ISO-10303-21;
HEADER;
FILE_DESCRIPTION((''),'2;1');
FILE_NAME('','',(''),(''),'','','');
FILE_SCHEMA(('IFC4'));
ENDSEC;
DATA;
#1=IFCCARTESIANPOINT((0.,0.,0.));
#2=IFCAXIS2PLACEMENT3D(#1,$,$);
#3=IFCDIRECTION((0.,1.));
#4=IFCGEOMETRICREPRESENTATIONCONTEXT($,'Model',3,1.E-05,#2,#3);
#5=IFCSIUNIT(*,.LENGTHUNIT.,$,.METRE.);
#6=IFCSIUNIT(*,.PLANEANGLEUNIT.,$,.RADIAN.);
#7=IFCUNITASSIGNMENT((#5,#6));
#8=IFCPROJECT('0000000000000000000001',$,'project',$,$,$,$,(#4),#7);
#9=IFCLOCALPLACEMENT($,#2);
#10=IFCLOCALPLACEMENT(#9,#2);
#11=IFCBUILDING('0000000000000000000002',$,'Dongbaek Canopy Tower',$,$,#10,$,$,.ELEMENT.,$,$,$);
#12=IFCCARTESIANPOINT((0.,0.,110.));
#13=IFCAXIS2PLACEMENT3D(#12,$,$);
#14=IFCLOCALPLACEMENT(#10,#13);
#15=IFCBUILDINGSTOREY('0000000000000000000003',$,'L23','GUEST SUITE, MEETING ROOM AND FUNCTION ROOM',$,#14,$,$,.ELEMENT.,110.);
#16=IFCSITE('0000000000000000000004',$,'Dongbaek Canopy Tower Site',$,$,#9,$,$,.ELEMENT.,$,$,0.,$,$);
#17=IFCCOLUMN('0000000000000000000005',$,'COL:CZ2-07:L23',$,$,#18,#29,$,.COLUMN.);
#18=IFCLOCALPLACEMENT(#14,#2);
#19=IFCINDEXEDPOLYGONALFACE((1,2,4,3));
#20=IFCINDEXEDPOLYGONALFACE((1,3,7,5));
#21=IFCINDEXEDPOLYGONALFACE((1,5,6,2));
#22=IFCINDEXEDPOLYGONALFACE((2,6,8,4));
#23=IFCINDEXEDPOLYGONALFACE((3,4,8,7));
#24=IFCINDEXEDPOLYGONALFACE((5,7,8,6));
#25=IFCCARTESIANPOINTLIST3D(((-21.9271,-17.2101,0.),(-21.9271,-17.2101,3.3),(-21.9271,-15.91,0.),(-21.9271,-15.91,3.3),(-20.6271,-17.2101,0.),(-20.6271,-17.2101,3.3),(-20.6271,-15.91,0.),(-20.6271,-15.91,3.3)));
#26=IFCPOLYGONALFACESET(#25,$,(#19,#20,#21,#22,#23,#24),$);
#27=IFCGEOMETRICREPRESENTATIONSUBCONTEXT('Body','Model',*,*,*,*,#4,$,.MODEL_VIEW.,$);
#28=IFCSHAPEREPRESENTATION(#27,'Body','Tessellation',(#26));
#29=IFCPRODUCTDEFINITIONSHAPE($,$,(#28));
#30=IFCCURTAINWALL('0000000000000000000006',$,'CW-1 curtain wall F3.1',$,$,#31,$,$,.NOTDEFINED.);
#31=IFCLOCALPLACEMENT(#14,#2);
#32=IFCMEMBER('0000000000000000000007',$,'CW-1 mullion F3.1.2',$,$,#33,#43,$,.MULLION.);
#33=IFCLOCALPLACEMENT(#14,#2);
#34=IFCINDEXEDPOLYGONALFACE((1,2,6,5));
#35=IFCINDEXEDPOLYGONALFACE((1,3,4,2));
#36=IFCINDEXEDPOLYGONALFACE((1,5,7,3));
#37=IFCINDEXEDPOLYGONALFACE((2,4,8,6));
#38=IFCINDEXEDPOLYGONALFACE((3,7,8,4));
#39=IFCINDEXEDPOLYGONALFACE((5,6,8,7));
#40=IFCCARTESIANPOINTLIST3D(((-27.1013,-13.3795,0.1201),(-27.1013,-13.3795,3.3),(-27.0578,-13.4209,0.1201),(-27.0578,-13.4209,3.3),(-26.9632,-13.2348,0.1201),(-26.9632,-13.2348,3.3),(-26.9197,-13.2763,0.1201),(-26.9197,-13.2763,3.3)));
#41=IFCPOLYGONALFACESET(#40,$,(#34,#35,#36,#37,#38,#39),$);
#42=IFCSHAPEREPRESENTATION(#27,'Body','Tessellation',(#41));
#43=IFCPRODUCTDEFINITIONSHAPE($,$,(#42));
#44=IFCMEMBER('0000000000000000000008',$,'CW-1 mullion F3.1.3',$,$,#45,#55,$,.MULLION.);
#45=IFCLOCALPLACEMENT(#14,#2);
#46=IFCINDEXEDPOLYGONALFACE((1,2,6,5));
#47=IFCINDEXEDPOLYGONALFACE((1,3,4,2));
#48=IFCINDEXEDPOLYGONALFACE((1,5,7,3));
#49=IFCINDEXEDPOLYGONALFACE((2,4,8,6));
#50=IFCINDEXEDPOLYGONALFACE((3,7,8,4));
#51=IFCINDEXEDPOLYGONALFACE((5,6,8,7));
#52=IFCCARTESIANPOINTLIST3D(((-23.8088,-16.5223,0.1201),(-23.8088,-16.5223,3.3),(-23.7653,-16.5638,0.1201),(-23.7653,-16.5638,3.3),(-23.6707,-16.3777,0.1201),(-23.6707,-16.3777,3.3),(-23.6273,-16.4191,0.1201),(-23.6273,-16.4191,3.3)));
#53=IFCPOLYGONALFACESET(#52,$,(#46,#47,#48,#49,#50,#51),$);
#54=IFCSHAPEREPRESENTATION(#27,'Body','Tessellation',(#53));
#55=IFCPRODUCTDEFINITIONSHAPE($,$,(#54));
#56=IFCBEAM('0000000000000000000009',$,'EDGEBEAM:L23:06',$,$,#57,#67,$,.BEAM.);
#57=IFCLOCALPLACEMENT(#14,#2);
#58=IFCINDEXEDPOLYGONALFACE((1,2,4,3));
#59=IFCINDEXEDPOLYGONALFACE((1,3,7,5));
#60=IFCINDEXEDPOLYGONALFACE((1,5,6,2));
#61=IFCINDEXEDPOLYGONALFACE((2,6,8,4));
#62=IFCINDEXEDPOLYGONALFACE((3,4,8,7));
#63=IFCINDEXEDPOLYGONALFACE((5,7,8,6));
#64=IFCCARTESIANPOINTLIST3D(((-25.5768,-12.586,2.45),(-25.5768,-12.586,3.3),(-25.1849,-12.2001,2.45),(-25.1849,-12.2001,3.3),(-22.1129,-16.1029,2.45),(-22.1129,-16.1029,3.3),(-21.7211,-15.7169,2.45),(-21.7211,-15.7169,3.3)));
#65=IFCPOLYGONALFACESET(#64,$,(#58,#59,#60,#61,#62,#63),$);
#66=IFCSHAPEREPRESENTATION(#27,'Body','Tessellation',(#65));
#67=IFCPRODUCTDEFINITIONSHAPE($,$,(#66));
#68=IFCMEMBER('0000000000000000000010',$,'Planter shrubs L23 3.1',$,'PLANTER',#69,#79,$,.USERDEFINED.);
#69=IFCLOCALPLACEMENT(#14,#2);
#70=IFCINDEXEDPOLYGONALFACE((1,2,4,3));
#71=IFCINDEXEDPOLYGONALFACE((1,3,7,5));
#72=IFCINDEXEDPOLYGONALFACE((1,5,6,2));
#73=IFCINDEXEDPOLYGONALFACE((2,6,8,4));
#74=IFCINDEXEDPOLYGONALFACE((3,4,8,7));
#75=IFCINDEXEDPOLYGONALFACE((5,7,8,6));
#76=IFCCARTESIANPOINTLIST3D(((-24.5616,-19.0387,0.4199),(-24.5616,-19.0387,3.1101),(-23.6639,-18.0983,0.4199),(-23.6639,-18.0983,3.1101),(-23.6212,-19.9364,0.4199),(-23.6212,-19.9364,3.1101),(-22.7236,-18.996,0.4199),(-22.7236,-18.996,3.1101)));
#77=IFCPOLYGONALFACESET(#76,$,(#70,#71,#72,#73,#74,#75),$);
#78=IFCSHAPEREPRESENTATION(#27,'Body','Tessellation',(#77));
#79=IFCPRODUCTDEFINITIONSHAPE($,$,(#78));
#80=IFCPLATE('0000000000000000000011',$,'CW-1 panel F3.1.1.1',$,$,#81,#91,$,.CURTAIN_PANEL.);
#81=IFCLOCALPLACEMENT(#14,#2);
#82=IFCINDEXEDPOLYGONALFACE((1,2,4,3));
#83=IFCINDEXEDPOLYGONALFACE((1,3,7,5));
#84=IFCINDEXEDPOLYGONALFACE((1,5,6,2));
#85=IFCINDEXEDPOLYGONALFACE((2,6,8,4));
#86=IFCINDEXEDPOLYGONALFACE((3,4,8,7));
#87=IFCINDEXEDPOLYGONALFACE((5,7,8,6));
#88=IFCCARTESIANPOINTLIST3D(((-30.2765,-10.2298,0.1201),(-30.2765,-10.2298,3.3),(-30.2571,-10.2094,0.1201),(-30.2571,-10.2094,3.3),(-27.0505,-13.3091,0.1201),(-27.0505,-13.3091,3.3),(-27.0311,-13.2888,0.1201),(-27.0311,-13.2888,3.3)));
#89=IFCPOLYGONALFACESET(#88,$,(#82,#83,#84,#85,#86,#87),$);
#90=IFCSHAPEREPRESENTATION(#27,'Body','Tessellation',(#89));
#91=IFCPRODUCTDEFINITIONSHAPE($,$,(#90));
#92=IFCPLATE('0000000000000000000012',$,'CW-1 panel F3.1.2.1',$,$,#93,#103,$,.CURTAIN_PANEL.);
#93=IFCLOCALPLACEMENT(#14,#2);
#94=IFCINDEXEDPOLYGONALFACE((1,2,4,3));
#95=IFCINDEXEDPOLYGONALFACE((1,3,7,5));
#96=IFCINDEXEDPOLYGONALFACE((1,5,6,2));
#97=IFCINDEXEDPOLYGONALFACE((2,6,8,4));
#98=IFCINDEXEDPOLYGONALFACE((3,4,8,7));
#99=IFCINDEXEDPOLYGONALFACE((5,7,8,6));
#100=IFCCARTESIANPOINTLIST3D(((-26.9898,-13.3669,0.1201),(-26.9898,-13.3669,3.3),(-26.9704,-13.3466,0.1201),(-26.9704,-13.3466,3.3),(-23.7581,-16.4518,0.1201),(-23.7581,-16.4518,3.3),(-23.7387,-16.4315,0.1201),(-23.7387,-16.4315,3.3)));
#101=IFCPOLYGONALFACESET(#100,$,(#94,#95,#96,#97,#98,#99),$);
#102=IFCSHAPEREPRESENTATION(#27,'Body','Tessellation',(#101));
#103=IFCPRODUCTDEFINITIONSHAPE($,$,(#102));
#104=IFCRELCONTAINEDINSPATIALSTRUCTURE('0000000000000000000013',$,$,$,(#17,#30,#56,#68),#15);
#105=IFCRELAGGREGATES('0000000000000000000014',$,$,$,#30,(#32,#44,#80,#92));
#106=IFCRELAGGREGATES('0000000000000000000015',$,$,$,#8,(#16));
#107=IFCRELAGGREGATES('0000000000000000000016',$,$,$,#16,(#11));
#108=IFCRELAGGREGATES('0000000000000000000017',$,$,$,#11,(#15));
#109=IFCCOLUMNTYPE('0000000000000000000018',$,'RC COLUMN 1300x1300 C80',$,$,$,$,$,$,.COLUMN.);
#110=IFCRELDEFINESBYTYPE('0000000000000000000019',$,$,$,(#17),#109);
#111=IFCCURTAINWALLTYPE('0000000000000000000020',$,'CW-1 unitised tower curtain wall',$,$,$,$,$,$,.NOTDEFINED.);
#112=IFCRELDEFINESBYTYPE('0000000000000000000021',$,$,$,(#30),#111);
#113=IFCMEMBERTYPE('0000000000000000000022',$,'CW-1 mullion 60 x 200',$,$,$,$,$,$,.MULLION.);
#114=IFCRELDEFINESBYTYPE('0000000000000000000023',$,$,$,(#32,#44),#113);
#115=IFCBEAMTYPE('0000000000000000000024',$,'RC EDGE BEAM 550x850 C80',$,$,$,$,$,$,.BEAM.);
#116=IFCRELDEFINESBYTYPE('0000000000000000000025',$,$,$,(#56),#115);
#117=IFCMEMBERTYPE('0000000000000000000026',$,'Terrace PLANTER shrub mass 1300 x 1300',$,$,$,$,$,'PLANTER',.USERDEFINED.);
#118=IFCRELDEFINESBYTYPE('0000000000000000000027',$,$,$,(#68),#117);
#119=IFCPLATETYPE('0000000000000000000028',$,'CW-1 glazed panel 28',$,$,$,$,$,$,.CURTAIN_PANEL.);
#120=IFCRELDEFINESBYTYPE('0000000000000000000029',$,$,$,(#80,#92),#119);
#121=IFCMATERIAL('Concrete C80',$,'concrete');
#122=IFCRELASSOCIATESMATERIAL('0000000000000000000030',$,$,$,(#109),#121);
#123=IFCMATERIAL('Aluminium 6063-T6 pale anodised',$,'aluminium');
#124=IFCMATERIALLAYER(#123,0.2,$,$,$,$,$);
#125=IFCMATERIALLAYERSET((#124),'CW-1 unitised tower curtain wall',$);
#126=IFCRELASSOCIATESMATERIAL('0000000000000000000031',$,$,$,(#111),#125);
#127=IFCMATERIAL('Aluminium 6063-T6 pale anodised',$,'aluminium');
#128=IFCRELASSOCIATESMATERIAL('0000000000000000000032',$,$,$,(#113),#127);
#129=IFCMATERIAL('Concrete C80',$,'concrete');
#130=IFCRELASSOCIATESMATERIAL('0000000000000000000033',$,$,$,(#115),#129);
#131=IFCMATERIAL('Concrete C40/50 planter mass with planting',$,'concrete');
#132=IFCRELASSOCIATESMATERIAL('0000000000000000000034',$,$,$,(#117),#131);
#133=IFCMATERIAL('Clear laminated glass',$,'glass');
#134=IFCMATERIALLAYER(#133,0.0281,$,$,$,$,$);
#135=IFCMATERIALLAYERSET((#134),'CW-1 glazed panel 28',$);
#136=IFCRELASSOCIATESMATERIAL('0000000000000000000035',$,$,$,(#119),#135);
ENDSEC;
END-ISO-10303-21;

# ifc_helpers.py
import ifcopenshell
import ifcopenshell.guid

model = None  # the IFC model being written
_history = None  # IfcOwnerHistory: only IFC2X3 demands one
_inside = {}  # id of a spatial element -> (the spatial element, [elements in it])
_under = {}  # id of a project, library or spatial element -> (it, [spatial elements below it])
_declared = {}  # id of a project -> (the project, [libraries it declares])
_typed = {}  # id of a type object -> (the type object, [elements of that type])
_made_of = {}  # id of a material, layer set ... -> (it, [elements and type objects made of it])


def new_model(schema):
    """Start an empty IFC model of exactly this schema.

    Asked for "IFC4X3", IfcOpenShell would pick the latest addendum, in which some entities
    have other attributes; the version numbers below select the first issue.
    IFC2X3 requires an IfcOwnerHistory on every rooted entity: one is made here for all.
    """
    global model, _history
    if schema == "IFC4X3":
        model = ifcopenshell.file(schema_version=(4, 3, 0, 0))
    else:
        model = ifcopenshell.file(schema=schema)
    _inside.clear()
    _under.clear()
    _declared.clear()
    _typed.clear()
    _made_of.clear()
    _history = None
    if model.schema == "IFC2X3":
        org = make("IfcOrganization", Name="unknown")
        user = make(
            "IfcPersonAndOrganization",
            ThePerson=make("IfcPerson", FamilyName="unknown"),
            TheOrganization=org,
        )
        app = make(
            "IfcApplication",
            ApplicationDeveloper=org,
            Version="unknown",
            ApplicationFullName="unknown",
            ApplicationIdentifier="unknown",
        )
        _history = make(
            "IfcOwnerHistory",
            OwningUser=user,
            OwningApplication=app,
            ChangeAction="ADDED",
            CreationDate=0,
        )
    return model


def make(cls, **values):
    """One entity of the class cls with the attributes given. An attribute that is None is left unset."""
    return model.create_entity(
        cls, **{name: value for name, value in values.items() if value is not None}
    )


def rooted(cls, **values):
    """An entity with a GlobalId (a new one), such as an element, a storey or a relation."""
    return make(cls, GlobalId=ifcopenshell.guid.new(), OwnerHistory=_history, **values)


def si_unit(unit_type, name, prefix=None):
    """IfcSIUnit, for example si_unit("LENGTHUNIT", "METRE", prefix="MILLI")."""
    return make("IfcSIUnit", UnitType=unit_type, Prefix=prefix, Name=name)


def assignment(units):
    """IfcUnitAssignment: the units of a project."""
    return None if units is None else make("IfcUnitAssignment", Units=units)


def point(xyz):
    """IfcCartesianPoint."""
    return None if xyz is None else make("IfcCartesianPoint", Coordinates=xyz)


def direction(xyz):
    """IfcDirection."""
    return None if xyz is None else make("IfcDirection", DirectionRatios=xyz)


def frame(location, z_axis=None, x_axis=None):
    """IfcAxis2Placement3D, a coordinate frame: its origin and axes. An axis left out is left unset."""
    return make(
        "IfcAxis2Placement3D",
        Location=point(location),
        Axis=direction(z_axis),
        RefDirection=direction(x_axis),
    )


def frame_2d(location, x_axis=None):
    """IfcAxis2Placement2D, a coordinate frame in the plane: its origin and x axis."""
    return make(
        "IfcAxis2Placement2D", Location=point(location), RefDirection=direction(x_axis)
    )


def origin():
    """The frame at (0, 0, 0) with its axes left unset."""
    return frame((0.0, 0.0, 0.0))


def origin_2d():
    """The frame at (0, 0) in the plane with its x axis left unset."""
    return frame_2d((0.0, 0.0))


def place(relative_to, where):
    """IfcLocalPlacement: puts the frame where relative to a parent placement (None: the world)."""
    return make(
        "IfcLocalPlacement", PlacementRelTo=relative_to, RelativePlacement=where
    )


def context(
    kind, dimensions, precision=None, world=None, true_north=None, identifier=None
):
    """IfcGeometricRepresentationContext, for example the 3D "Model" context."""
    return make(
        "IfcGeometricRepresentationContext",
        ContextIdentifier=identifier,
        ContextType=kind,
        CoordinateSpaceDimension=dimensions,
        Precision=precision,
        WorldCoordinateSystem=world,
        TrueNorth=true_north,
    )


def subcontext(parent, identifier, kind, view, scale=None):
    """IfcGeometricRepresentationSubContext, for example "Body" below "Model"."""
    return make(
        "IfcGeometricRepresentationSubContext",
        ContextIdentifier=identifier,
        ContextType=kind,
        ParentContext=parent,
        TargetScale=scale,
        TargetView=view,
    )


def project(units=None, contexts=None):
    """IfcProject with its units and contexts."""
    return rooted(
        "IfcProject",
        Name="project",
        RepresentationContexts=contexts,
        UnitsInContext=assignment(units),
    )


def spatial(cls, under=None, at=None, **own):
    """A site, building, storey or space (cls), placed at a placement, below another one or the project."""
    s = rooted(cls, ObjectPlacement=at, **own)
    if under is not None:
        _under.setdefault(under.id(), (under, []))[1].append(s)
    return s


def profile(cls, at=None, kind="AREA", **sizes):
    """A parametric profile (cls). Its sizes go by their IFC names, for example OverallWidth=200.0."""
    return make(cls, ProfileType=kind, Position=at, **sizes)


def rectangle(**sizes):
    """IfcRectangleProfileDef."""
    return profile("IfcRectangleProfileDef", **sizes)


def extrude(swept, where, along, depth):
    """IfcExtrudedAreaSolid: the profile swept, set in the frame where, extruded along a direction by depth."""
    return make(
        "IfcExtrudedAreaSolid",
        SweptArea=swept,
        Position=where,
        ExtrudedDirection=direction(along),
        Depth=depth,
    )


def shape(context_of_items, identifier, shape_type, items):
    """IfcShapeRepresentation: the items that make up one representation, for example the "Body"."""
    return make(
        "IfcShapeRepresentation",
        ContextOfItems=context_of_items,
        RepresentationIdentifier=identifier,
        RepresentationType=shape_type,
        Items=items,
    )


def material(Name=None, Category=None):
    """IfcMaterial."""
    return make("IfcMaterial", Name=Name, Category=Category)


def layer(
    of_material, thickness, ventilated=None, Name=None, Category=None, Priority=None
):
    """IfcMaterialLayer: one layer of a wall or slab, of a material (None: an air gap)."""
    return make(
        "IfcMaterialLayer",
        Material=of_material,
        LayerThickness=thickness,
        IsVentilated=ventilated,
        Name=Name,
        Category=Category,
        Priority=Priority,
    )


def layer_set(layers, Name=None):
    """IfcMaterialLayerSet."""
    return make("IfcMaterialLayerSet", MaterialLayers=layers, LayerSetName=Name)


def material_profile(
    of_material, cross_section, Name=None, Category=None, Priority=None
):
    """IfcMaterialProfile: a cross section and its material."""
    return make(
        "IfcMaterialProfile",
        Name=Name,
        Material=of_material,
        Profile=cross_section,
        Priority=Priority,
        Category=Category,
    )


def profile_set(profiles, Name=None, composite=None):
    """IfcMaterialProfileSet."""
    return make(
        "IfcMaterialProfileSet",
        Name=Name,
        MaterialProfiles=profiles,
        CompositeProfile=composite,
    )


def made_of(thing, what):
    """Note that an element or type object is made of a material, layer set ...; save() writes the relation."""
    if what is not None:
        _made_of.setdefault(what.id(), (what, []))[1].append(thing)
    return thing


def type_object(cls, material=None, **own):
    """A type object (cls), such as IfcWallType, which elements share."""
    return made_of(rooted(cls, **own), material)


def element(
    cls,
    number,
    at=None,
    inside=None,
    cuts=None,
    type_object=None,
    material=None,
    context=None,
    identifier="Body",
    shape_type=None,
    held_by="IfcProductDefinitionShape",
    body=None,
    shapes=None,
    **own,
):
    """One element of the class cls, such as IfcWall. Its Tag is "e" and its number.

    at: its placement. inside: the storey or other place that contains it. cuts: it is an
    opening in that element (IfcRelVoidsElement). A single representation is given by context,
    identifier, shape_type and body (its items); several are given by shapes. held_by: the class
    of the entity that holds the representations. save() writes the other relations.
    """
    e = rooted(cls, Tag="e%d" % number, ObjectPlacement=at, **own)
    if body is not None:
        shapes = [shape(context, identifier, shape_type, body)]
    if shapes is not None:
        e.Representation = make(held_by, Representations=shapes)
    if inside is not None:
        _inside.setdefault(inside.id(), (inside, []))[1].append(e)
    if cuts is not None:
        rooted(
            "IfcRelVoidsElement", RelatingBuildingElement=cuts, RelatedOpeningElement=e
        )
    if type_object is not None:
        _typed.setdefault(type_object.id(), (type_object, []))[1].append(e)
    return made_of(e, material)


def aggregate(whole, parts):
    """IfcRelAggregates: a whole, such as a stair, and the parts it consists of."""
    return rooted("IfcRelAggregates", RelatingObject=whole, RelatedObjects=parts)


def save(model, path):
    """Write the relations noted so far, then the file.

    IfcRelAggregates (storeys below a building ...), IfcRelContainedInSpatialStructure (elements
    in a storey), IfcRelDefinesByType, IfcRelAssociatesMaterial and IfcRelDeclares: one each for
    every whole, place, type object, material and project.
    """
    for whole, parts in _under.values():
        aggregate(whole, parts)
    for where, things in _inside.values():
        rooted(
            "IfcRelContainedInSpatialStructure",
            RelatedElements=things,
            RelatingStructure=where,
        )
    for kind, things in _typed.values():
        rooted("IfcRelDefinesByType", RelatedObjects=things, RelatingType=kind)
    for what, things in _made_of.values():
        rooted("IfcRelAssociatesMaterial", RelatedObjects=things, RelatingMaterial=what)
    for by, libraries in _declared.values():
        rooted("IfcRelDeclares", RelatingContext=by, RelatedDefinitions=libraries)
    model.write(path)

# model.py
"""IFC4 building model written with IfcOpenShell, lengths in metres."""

from ifc_helpers import new_model, si_unit, direction, frame, origin, origin_2d, place, context, subcontext, project, spatial, rectangle, extrude, material, layer, layer_set, material_profile, profile_set, type_object, element, aggregate, save


model = new_model("IFC4")

# Units and contexts
model_context = context("Model", 3, precision=1e-05, world=origin(), true_north=direction((0.0, 1.0)))
body_context = subcontext(model_context, "Body", "Model", "MODEL_VIEW")
ifc_project = project(units=[si_unit("LENGTHUNIT", "METRE"), si_unit("PLANEANGLEUNIT", "RADIAN")], contexts=[model_context])

# Site, building, storey
site_placement = place(None, origin())
site = spatial("IfcSite", under=ifc_project, at=site_placement, Name="Dongbaek Canopy Tower Site", CompositionType="ELEMENT", RefElevation=0.0)
building_placement = place(site_placement, origin())
building = spatial("IfcBuilding", under=site, at=building_placement, Name="Dongbaek Canopy Tower", CompositionType="ELEMENT")
storey_placement = place(building_placement, frame((0.0, 0.0, 110.0)))
storey = spatial("IfcBuildingStorey", under=building, at=storey_placement, Name="L23", Description="GUEST SUITE, MEETING ROOM AND FUNCTION ROOM", CompositionType="ELEMENT", Elevation=110.0)

# Column
ifc_material_1 = material(Name="Concrete C80", Category="concrete")
ifc_material_profile_1 = material_profile(ifc_material_1, rectangle(XDim=1.3, YDim=1.3, at=origin_2d()), Name="RC COLUMN 1300x1300 C80")
ifc_profile_set_1 = profile_set([ifc_material_profile_1], Name="Concrete C80")
column_type = type_object("IfcColumnType", Name="RC COLUMN 1300x1300 C80", PredefinedType="COLUMN", material=ifc_profile_set_1)
column_placement = place(storey_placement, frame((-21.2771, -16.5601, 0.0), z_axis=(0.0, 0.0, 1.0), x_axis=(1.0, 0.0, 0.0)))
element("IfcColumn", 1, at=column_placement, inside=storey, type_object=column_type, Name="COL:CZ2-07:L23", PredefinedType="COLUMN", context=body_context, shape_type="SweptSolid", body=[
    extrude(rectangle(XDim=1.3, YDim=1.3, at=origin_2d()), origin(), (0.0, 0.0, 1.0), 3.3),
])

# Curtain wall, members
ifc_material_2 = material(Name="Aluminium 6063-T6 pale anodised", Category="aluminium")
ifc_layer_1 = layer(ifc_material_2, 0.2)
ifc_layer_set_1 = layer_set([ifc_layer_1], Name="CW-1 unitised tower curtain wall")
curtain_wall_type = type_object("IfcCurtainWallType", Name="CW-1 unitised tower curtain wall", PredefinedType="NOTDEFINED", material=ifc_layer_set_1)
curtain_wall_placement = place(storey_placement, origin())
curtain_wall = element("IfcCurtainWall", 2, at=curtain_wall_placement, inside=storey, type_object=curtain_wall_type, Name="CW-1 curtain wall F3.1", PredefinedType="NOTDEFINED")
ifc_material_3 = material(Name="Aluminium 6063-T6 pale anodised", Category="aluminium")
ifc_material_profile_2 = material_profile(ifc_material_3, rectangle(XDim=0.2, YDim=0.0601, at=origin_2d()), Name="CW-1 mullion 60 x 200")
ifc_profile_set_2 = profile_set([ifc_material_profile_2], Name="Aluminium 6063-T6 pale anodised")
member_type_1 = type_object("IfcMemberType", Name="CW-1 mullion 60 x 200", PredefinedType="MULLION", material=ifc_profile_set_2)
member_1_placement = place(storey_placement, frame((-27.0105, -13.3279, 0.1201), z_axis=(0.0, 0.0, 1.0), x_axis=(-0.690482, -0.723349, 0.0)))
member_1 = element("IfcMember", 3, at=member_1_placement, type_object=member_type_1, Name="CW-1 mullion F3.1.2", PredefinedType="MULLION", context=body_context, shape_type="SweptSolid", body=[
    extrude(rectangle(XDim=0.2, YDim=0.0601, at=origin_2d()), origin(), (0.0, 0.0, 1.0), 3.1799),
])
member_2_placement = place(storey_placement, frame((-23.718, -16.4707, 0.1201), z_axis=(0.0, 0.0, 1.0), x_axis=(-0.690482, -0.723349, 0.0)))
member_2 = element("IfcMember", 4, at=member_2_placement, type_object=member_type_1, Name="CW-1 mullion F3.1.3", PredefinedType="MULLION", context=body_context, shape_type="SweptSolid", body=[
    extrude(rectangle(XDim=0.2, YDim=0.0601, at=origin_2d()), origin(), (0.0, 0.0, 1.0), 3.1799),
])

# Beam
ifc_material_4 = material(Name="Concrete C80", Category="concrete")
ifc_material_profile_3 = material_profile(ifc_material_4, rectangle(XDim=0.55, YDim=0.8501, at=origin_2d()), Name="RC EDGE BEAM 550x850 C80")
ifc_profile_set_3 = profile_set([ifc_material_profile_3], Name="Concrete C80")
beam_type = type_object("IfcBeamType", Name="RC EDGE BEAM 550x850 C80", PredefinedType="BEAM", material=ifc_profile_set_3)
beam_placement = place(storey_placement, frame((-21.917, -15.9099, 2.875), z_axis=(-0.70172, 0.712453, 0.0), x_axis=(-0.712453, -0.70172, 0.0)))
element("IfcBeam", 5, at=beam_placement, inside=storey, type_object=beam_type, Name="EDGEBEAM:L23:06", PredefinedType="BEAM", context=body_context, shape_type="SweptSolid", body=[
    extrude(rectangle(XDim=0.55, YDim=0.8501, at=origin_2d()), origin(), (0.0, 0.0, 1.0), 4.9363),
])

# Member
ifc_material_5 = material(Name="Concrete C40/50 planter mass with planting", Category="concrete")
ifc_material_profile_4 = material_profile(ifc_material_5, rectangle(XDim=1.3, YDim=1.3, at=origin_2d()), Name="Terrace PLANTER shrub mass 1300 x 1300")
ifc_profile_set_4 = profile_set([ifc_material_profile_4], Name="Concrete C40/50 planter mass with planting")
member_type_2 = type_object("IfcMemberType", Name="Terrace PLANTER shrub mass 1300 x 1300", ElementType="PLANTER", PredefinedType="USERDEFINED", material=ifc_profile_set_4)
member_3_placement = place(storey_placement, frame((-23.6426, -19.0173, 0.4199), z_axis=(0.0, 0.0, 1.0), x_axis=(-0.690482, -0.723349, 0.0)))
element("IfcMember", 6, at=member_3_placement, inside=storey, type_object=member_type_2, Name="Planter shrubs L23 3.1", ObjectType="PLANTER", PredefinedType="USERDEFINED", context=body_context, shape_type="SweptSolid", body=[
    extrude(rectangle(XDim=1.3, YDim=1.3, at=origin_2d()), origin(), (0.0, 0.0, 1.0), 2.6902),
])

# Plates
ifc_material_6 = material(Name="Clear laminated glass", Category="glass")
ifc_layer_2 = layer(ifc_material_6, 0.0281)
ifc_layer_set_2 = layer_set([ifc_layer_2], Name="CW-1 glazed panel 28")
plate_type = type_object("IfcPlateType", Name="CW-1 glazed panel 28", PredefinedType="CURTAIN_PANEL", material=ifc_layer_set_2)
plate_1_placement = place(storey_placement, frame((-28.6538, -11.7593, 0.1201), z_axis=(0.0, 0.0, 1.0), x_axis=(0.723349, -0.690482, 0.0)))
plate_1 = element("IfcPlate", 7, at=plate_1_placement, type_object=plate_type, Name="CW-1 panel F3.1.1.1", PredefinedType="CURTAIN_PANEL", context=body_context, shape_type="SweptSolid", body=[
    extrude(rectangle(XDim=4.4597, YDim=0.0281, at=origin_2d()), origin(), (0.0, 0.0, 1.0), 3.1799),
])
plate_2_placement = place(storey_placement, frame((-25.3643, -14.8992, 0.1201), z_axis=(0.0, 0.0, 1.0), x_axis=(0.723349, -0.690482, 0.0)))
plate_2 = element("IfcPlate", 8, at=plate_2_placement, type_object=plate_type, Name="CW-1 panel F3.1.2.1", PredefinedType="CURTAIN_PANEL", context=body_context, shape_type="SweptSolid", body=[
    extrude(rectangle(XDim=4.4678, YDim=0.0281, at=origin_2d()), origin(), (0.0, 0.0, 1.0), 3.1799),
])

aggregate(curtain_wall, [member_1, member_2, plate_1, plate_2])

save(model, "model.ifc")
